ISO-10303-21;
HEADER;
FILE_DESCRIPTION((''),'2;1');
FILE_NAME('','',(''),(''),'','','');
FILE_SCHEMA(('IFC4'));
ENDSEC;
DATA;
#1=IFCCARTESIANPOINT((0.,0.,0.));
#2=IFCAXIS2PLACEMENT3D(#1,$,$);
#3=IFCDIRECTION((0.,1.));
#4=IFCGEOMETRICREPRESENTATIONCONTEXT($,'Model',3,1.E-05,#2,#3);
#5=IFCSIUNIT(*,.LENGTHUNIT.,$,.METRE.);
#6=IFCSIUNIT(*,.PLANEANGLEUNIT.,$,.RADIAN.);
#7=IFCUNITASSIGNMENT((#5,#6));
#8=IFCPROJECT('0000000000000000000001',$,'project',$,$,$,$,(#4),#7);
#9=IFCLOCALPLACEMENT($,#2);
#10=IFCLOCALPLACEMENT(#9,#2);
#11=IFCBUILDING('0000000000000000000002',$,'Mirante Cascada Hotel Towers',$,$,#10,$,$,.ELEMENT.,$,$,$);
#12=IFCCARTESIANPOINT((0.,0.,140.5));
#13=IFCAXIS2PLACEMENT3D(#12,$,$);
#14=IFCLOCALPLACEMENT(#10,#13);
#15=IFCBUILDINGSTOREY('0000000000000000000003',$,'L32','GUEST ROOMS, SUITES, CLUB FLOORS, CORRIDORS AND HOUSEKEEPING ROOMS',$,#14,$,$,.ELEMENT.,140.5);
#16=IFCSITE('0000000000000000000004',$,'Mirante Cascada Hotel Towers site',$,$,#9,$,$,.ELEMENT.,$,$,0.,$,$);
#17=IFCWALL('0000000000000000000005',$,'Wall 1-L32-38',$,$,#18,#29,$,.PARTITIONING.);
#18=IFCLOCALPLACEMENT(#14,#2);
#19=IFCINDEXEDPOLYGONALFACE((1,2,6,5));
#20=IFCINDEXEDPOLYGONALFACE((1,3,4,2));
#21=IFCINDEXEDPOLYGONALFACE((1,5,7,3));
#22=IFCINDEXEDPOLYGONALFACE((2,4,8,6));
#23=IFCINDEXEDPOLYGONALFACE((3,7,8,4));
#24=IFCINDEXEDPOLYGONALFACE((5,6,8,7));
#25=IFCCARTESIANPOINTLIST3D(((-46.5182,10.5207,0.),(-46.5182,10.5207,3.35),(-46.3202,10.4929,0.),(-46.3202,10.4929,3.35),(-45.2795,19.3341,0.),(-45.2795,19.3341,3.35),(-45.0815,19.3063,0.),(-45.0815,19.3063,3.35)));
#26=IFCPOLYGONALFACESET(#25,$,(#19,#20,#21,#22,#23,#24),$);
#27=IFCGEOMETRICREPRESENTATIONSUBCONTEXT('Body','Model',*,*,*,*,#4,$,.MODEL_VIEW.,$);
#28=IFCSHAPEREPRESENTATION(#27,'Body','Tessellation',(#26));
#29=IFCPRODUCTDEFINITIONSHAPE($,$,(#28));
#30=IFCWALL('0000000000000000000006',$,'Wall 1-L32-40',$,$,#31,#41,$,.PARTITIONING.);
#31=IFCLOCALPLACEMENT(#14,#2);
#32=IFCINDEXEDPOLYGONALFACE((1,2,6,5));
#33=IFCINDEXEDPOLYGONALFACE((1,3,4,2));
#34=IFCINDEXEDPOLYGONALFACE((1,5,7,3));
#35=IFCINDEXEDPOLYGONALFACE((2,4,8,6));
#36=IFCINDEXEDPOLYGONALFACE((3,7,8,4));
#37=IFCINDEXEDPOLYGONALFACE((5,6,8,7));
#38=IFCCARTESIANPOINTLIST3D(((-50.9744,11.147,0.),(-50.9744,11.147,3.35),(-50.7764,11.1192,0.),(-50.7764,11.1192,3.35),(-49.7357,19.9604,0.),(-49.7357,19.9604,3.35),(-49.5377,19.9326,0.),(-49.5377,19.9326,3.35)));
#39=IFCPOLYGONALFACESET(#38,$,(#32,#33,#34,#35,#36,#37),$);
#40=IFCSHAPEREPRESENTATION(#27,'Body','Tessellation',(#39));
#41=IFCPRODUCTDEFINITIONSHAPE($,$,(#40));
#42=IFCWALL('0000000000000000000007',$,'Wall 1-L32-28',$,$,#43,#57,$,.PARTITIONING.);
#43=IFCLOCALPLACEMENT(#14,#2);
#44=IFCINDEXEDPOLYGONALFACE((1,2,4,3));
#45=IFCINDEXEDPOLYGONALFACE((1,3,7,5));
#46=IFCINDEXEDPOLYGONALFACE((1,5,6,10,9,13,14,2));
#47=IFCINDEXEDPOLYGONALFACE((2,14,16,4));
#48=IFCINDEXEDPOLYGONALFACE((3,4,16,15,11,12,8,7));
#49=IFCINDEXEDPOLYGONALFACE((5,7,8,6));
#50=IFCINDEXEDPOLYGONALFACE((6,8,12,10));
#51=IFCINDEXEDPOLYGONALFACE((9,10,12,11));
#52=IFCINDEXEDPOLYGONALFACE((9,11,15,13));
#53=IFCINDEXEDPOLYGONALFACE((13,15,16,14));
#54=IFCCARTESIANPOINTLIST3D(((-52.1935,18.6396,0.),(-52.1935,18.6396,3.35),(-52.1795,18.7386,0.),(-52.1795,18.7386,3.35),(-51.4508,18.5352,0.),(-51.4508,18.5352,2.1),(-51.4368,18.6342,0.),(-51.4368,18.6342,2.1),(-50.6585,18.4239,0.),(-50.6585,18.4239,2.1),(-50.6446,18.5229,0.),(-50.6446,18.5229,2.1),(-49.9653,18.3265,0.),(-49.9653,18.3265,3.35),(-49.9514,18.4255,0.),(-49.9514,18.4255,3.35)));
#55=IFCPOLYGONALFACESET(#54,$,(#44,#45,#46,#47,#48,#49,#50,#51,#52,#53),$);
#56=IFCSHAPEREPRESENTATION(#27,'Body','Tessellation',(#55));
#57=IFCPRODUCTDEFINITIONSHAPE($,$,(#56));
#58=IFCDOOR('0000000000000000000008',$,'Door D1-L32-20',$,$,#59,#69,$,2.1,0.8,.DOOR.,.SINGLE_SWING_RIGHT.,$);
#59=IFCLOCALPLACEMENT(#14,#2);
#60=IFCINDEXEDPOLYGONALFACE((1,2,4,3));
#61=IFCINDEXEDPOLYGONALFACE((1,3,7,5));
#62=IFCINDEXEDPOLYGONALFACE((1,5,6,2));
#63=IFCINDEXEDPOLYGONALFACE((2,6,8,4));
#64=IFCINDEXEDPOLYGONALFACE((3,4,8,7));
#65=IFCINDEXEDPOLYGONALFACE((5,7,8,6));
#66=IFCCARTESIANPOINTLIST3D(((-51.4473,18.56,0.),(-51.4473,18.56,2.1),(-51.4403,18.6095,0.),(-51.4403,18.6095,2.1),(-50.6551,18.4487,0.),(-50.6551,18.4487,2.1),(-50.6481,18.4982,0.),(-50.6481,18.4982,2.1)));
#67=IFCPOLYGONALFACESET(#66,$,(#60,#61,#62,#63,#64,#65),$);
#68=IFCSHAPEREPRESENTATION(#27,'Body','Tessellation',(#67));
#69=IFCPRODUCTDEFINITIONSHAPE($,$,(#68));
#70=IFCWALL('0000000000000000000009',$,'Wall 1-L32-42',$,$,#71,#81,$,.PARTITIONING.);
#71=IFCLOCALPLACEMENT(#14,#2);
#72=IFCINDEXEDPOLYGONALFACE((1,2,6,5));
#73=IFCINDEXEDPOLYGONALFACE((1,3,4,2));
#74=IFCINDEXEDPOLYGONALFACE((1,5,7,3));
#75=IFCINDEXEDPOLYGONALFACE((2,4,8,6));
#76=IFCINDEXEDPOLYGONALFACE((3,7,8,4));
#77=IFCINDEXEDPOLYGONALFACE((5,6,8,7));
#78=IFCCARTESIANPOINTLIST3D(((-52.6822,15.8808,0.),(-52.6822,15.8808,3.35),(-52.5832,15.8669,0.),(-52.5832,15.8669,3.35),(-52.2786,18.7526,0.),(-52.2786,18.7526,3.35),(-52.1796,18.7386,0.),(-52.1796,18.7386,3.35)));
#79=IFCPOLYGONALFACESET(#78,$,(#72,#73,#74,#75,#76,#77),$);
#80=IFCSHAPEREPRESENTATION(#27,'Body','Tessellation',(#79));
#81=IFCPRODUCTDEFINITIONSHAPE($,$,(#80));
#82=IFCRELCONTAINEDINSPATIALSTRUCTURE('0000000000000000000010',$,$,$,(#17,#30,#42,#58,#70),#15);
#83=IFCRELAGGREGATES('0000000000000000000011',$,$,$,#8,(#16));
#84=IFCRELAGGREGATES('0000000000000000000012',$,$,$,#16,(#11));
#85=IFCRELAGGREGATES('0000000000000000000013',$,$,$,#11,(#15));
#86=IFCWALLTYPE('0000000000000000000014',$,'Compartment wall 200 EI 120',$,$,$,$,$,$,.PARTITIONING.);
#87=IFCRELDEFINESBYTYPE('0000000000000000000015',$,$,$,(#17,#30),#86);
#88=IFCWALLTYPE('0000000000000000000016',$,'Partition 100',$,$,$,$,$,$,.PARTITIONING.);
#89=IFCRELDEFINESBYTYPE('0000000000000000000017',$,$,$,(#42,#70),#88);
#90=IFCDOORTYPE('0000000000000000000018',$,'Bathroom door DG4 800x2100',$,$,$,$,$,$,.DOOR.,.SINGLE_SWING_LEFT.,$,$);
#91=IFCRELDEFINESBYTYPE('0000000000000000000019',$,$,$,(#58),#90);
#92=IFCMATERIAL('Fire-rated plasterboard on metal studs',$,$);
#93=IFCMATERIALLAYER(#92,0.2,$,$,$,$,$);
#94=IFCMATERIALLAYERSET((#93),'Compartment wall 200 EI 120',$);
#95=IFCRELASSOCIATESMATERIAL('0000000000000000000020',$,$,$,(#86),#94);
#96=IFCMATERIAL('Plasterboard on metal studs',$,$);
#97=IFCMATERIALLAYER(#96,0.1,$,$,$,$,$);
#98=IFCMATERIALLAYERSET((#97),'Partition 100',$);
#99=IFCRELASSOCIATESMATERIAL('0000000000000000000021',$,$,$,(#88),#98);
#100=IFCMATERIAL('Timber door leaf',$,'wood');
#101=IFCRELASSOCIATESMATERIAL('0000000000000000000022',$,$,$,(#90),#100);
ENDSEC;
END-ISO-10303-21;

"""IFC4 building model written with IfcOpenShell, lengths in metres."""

from ifc_helpers import new_model, si_unit, direction, frame, frame_2d, origin, place, context, subcontext, project, spatial, rectangle, extrude, material, layer, layer_set, type_object, element, fill, save


model = new_model("IFC4")

# Units and contexts
model_context = context("Model", 3, precision=1e-05, world=origin(), true_north=direction((0.0, 1.0)))
body_context = subcontext(model_context, "Body", "Model", "MODEL_VIEW")
ifc_project = project(units=[si_unit("LENGTHUNIT", "METRE"), si_unit("PLANEANGLEUNIT", "RADIAN")], contexts=[model_context])

# Site, building, storey
site_placement = place(None, origin())
site = spatial("IfcSite", under=ifc_project, at=site_placement, Name="Mirante Cascada Hotel Towers site", CompositionType="ELEMENT", RefElevation=0.0)
building_placement = place(site_placement, origin())
building = spatial("IfcBuilding", under=site, at=building_placement, Name="Mirante Cascada Hotel Towers", CompositionType="ELEMENT")
storey_placement = place(building_placement, frame((0.0, 0.0, 140.5)))
storey = spatial("IfcBuildingStorey", under=building, at=storey_placement, Name="L32", Description="GUEST ROOMS, SUITES, CLUB FLOORS, CORRIDORS AND HOUSEKEEPING ROOMS", CompositionType="ELEMENT", Elevation=140.5)

# Shared definitions
ifc_material_1 = material(Name="Fire-rated plasterboard on metal studs")
ifc_layer_1 = layer(ifc_material_1, 0.2)
ifc_layer_set_1 = layer_set([ifc_layer_1], Name="Compartment wall 200 EI 120")
wall_type_1 = type_object("IfcWallType", Name="Compartment wall 200 EI 120", PredefinedType="PARTITIONING", material=ifc_layer_set_1)

# Walls
for number, where, z_axis, x_axis, name in (
    (1, (-45.1805, 19.3202, 0.0), (0.0, 0.0, 1.0), (-0.139179, -0.990267, 0.0), "Wall 1-L32-38"),
    (2, (-49.6367, 19.9465, 0.0), (0.0, 0.0, 1.0), (-0.139179, -0.990267, 0.0), "Wall 1-L32-40"),
):
    element("IfcWall", number, at=place(storey_placement, frame(where, z_axis=z_axis, x_axis=x_axis)), inside=storey, type_object=wall_type_1, Name=name, PredefinedType="PARTITIONING", context=body_context, shape_type="SweptSolid", body=[
        extrude(rectangle(XDim=8.9, YDim=0.2, at=frame_2d((4.45, 0.0))), origin(), (0.0, 0.0, 1.0), 3.35),
    ])

# Wall, opening, door
ifc_material_2 = material(Name="Plasterboard on metal studs")
ifc_layer_2 = layer(ifc_material_2, 0.1)
ifc_layer_set_2 = layer_set([ifc_layer_2], Name="Partition 100")
wall_type_2 = type_object("IfcWallType", Name="Partition 100", PredefinedType="PARTITIONING", material=ifc_layer_set_2)
wall_1_placement = place(storey_placement, frame((-52.1865, 18.6891, 0.0), z_axis=(0.0, 0.0, 1.0), x_axis=(0.990271, -0.139156, 0.0)))
wall_1 = element("IfcWall", 3, at=wall_1_placement, inside=storey, type_object=wall_type_2, Name="Wall 1-L32-28", PredefinedType="PARTITIONING", context=body_context, shape_type="SweptSolid", body=[
    extrude(rectangle(XDim=2.25, YDim=0.1, at=frame_2d((1.125, 0.0))), origin(), (0.0, 0.0, 1.0), 3.35),
])
opening_1_placement = place(wall_1_placement, frame((0.75, 0.0, 0.0)))
opening_1 = element("IfcOpeningElement", 4, at=opening_1_placement, cuts=wall_1, PredefinedType="OPENING", context=body_context, shape_type="SweptSolid", body=[
    extrude(rectangle(XDim=0.8, YDim=2.1, at=frame_2d((0.4, 1.05))), frame((0.0, 0.05, 0.0), z_axis=(0.0, -1.0, 0.0), x_axis=(1.0, 0.0, 0.0)), (0.0, 0.0, 1.0), 0.1),
])
ifc_material_3 = material(Name="Timber door leaf", Category="wood")
door_type_1 = type_object("IfcDoorType", Name="Bathroom door DG4 800x2100", OperationType="SINGLE_SWING_LEFT", PredefinedType="DOOR", material=ifc_material_3)
door_1_placement = place(opening_1_placement, frame((0.8, 0.0, 0.0), z_axis=(0.0, 0.0, 1.0), x_axis=(-1.0, 0.0, 0.0)))
door_1 = element("IfcDoor", 5, at=door_1_placement, inside=storey, type_object=door_type_1, Name="Door D1-L32-20", OperationType="SINGLE_SWING_RIGHT", OverallHeight=2.1, OverallWidth=0.8, PredefinedType="DOOR", context=body_context, shape_type="SweptSolid", body=[
    extrude(rectangle(XDim=0.8, YDim=2.1, at=frame_2d((0.4, 1.05))), frame((0.0, 0.025, 0.0), z_axis=(0.0, -1.0, 0.0), x_axis=(1.0, 0.0, 0.0)), (0.0, 0.0, 1.0), 0.05),
])
fill(opening_1, door_1)

# Wall
wall_2_placement = place(storey_placement, frame((-52.2291, 18.7456, 0.0), z_axis=(0.0, 0.0, 1.0), x_axis=(-0.139171, -0.990268, 0.0)))
element("IfcWall", 6, at=wall_2_placement, inside=storey, type_object=wall_type_2, Name="Wall 1-L32-42", PredefinedType="PARTITIONING", context=body_context, shape_type="SweptSolid", body=[
    extrude(rectangle(XDim=2.9, YDim=0.1, at=frame_2d((1.45, 0.0))), origin(), (0.0, 0.0, 1.0), 3.35),
])

save(model, "model.ifc")
